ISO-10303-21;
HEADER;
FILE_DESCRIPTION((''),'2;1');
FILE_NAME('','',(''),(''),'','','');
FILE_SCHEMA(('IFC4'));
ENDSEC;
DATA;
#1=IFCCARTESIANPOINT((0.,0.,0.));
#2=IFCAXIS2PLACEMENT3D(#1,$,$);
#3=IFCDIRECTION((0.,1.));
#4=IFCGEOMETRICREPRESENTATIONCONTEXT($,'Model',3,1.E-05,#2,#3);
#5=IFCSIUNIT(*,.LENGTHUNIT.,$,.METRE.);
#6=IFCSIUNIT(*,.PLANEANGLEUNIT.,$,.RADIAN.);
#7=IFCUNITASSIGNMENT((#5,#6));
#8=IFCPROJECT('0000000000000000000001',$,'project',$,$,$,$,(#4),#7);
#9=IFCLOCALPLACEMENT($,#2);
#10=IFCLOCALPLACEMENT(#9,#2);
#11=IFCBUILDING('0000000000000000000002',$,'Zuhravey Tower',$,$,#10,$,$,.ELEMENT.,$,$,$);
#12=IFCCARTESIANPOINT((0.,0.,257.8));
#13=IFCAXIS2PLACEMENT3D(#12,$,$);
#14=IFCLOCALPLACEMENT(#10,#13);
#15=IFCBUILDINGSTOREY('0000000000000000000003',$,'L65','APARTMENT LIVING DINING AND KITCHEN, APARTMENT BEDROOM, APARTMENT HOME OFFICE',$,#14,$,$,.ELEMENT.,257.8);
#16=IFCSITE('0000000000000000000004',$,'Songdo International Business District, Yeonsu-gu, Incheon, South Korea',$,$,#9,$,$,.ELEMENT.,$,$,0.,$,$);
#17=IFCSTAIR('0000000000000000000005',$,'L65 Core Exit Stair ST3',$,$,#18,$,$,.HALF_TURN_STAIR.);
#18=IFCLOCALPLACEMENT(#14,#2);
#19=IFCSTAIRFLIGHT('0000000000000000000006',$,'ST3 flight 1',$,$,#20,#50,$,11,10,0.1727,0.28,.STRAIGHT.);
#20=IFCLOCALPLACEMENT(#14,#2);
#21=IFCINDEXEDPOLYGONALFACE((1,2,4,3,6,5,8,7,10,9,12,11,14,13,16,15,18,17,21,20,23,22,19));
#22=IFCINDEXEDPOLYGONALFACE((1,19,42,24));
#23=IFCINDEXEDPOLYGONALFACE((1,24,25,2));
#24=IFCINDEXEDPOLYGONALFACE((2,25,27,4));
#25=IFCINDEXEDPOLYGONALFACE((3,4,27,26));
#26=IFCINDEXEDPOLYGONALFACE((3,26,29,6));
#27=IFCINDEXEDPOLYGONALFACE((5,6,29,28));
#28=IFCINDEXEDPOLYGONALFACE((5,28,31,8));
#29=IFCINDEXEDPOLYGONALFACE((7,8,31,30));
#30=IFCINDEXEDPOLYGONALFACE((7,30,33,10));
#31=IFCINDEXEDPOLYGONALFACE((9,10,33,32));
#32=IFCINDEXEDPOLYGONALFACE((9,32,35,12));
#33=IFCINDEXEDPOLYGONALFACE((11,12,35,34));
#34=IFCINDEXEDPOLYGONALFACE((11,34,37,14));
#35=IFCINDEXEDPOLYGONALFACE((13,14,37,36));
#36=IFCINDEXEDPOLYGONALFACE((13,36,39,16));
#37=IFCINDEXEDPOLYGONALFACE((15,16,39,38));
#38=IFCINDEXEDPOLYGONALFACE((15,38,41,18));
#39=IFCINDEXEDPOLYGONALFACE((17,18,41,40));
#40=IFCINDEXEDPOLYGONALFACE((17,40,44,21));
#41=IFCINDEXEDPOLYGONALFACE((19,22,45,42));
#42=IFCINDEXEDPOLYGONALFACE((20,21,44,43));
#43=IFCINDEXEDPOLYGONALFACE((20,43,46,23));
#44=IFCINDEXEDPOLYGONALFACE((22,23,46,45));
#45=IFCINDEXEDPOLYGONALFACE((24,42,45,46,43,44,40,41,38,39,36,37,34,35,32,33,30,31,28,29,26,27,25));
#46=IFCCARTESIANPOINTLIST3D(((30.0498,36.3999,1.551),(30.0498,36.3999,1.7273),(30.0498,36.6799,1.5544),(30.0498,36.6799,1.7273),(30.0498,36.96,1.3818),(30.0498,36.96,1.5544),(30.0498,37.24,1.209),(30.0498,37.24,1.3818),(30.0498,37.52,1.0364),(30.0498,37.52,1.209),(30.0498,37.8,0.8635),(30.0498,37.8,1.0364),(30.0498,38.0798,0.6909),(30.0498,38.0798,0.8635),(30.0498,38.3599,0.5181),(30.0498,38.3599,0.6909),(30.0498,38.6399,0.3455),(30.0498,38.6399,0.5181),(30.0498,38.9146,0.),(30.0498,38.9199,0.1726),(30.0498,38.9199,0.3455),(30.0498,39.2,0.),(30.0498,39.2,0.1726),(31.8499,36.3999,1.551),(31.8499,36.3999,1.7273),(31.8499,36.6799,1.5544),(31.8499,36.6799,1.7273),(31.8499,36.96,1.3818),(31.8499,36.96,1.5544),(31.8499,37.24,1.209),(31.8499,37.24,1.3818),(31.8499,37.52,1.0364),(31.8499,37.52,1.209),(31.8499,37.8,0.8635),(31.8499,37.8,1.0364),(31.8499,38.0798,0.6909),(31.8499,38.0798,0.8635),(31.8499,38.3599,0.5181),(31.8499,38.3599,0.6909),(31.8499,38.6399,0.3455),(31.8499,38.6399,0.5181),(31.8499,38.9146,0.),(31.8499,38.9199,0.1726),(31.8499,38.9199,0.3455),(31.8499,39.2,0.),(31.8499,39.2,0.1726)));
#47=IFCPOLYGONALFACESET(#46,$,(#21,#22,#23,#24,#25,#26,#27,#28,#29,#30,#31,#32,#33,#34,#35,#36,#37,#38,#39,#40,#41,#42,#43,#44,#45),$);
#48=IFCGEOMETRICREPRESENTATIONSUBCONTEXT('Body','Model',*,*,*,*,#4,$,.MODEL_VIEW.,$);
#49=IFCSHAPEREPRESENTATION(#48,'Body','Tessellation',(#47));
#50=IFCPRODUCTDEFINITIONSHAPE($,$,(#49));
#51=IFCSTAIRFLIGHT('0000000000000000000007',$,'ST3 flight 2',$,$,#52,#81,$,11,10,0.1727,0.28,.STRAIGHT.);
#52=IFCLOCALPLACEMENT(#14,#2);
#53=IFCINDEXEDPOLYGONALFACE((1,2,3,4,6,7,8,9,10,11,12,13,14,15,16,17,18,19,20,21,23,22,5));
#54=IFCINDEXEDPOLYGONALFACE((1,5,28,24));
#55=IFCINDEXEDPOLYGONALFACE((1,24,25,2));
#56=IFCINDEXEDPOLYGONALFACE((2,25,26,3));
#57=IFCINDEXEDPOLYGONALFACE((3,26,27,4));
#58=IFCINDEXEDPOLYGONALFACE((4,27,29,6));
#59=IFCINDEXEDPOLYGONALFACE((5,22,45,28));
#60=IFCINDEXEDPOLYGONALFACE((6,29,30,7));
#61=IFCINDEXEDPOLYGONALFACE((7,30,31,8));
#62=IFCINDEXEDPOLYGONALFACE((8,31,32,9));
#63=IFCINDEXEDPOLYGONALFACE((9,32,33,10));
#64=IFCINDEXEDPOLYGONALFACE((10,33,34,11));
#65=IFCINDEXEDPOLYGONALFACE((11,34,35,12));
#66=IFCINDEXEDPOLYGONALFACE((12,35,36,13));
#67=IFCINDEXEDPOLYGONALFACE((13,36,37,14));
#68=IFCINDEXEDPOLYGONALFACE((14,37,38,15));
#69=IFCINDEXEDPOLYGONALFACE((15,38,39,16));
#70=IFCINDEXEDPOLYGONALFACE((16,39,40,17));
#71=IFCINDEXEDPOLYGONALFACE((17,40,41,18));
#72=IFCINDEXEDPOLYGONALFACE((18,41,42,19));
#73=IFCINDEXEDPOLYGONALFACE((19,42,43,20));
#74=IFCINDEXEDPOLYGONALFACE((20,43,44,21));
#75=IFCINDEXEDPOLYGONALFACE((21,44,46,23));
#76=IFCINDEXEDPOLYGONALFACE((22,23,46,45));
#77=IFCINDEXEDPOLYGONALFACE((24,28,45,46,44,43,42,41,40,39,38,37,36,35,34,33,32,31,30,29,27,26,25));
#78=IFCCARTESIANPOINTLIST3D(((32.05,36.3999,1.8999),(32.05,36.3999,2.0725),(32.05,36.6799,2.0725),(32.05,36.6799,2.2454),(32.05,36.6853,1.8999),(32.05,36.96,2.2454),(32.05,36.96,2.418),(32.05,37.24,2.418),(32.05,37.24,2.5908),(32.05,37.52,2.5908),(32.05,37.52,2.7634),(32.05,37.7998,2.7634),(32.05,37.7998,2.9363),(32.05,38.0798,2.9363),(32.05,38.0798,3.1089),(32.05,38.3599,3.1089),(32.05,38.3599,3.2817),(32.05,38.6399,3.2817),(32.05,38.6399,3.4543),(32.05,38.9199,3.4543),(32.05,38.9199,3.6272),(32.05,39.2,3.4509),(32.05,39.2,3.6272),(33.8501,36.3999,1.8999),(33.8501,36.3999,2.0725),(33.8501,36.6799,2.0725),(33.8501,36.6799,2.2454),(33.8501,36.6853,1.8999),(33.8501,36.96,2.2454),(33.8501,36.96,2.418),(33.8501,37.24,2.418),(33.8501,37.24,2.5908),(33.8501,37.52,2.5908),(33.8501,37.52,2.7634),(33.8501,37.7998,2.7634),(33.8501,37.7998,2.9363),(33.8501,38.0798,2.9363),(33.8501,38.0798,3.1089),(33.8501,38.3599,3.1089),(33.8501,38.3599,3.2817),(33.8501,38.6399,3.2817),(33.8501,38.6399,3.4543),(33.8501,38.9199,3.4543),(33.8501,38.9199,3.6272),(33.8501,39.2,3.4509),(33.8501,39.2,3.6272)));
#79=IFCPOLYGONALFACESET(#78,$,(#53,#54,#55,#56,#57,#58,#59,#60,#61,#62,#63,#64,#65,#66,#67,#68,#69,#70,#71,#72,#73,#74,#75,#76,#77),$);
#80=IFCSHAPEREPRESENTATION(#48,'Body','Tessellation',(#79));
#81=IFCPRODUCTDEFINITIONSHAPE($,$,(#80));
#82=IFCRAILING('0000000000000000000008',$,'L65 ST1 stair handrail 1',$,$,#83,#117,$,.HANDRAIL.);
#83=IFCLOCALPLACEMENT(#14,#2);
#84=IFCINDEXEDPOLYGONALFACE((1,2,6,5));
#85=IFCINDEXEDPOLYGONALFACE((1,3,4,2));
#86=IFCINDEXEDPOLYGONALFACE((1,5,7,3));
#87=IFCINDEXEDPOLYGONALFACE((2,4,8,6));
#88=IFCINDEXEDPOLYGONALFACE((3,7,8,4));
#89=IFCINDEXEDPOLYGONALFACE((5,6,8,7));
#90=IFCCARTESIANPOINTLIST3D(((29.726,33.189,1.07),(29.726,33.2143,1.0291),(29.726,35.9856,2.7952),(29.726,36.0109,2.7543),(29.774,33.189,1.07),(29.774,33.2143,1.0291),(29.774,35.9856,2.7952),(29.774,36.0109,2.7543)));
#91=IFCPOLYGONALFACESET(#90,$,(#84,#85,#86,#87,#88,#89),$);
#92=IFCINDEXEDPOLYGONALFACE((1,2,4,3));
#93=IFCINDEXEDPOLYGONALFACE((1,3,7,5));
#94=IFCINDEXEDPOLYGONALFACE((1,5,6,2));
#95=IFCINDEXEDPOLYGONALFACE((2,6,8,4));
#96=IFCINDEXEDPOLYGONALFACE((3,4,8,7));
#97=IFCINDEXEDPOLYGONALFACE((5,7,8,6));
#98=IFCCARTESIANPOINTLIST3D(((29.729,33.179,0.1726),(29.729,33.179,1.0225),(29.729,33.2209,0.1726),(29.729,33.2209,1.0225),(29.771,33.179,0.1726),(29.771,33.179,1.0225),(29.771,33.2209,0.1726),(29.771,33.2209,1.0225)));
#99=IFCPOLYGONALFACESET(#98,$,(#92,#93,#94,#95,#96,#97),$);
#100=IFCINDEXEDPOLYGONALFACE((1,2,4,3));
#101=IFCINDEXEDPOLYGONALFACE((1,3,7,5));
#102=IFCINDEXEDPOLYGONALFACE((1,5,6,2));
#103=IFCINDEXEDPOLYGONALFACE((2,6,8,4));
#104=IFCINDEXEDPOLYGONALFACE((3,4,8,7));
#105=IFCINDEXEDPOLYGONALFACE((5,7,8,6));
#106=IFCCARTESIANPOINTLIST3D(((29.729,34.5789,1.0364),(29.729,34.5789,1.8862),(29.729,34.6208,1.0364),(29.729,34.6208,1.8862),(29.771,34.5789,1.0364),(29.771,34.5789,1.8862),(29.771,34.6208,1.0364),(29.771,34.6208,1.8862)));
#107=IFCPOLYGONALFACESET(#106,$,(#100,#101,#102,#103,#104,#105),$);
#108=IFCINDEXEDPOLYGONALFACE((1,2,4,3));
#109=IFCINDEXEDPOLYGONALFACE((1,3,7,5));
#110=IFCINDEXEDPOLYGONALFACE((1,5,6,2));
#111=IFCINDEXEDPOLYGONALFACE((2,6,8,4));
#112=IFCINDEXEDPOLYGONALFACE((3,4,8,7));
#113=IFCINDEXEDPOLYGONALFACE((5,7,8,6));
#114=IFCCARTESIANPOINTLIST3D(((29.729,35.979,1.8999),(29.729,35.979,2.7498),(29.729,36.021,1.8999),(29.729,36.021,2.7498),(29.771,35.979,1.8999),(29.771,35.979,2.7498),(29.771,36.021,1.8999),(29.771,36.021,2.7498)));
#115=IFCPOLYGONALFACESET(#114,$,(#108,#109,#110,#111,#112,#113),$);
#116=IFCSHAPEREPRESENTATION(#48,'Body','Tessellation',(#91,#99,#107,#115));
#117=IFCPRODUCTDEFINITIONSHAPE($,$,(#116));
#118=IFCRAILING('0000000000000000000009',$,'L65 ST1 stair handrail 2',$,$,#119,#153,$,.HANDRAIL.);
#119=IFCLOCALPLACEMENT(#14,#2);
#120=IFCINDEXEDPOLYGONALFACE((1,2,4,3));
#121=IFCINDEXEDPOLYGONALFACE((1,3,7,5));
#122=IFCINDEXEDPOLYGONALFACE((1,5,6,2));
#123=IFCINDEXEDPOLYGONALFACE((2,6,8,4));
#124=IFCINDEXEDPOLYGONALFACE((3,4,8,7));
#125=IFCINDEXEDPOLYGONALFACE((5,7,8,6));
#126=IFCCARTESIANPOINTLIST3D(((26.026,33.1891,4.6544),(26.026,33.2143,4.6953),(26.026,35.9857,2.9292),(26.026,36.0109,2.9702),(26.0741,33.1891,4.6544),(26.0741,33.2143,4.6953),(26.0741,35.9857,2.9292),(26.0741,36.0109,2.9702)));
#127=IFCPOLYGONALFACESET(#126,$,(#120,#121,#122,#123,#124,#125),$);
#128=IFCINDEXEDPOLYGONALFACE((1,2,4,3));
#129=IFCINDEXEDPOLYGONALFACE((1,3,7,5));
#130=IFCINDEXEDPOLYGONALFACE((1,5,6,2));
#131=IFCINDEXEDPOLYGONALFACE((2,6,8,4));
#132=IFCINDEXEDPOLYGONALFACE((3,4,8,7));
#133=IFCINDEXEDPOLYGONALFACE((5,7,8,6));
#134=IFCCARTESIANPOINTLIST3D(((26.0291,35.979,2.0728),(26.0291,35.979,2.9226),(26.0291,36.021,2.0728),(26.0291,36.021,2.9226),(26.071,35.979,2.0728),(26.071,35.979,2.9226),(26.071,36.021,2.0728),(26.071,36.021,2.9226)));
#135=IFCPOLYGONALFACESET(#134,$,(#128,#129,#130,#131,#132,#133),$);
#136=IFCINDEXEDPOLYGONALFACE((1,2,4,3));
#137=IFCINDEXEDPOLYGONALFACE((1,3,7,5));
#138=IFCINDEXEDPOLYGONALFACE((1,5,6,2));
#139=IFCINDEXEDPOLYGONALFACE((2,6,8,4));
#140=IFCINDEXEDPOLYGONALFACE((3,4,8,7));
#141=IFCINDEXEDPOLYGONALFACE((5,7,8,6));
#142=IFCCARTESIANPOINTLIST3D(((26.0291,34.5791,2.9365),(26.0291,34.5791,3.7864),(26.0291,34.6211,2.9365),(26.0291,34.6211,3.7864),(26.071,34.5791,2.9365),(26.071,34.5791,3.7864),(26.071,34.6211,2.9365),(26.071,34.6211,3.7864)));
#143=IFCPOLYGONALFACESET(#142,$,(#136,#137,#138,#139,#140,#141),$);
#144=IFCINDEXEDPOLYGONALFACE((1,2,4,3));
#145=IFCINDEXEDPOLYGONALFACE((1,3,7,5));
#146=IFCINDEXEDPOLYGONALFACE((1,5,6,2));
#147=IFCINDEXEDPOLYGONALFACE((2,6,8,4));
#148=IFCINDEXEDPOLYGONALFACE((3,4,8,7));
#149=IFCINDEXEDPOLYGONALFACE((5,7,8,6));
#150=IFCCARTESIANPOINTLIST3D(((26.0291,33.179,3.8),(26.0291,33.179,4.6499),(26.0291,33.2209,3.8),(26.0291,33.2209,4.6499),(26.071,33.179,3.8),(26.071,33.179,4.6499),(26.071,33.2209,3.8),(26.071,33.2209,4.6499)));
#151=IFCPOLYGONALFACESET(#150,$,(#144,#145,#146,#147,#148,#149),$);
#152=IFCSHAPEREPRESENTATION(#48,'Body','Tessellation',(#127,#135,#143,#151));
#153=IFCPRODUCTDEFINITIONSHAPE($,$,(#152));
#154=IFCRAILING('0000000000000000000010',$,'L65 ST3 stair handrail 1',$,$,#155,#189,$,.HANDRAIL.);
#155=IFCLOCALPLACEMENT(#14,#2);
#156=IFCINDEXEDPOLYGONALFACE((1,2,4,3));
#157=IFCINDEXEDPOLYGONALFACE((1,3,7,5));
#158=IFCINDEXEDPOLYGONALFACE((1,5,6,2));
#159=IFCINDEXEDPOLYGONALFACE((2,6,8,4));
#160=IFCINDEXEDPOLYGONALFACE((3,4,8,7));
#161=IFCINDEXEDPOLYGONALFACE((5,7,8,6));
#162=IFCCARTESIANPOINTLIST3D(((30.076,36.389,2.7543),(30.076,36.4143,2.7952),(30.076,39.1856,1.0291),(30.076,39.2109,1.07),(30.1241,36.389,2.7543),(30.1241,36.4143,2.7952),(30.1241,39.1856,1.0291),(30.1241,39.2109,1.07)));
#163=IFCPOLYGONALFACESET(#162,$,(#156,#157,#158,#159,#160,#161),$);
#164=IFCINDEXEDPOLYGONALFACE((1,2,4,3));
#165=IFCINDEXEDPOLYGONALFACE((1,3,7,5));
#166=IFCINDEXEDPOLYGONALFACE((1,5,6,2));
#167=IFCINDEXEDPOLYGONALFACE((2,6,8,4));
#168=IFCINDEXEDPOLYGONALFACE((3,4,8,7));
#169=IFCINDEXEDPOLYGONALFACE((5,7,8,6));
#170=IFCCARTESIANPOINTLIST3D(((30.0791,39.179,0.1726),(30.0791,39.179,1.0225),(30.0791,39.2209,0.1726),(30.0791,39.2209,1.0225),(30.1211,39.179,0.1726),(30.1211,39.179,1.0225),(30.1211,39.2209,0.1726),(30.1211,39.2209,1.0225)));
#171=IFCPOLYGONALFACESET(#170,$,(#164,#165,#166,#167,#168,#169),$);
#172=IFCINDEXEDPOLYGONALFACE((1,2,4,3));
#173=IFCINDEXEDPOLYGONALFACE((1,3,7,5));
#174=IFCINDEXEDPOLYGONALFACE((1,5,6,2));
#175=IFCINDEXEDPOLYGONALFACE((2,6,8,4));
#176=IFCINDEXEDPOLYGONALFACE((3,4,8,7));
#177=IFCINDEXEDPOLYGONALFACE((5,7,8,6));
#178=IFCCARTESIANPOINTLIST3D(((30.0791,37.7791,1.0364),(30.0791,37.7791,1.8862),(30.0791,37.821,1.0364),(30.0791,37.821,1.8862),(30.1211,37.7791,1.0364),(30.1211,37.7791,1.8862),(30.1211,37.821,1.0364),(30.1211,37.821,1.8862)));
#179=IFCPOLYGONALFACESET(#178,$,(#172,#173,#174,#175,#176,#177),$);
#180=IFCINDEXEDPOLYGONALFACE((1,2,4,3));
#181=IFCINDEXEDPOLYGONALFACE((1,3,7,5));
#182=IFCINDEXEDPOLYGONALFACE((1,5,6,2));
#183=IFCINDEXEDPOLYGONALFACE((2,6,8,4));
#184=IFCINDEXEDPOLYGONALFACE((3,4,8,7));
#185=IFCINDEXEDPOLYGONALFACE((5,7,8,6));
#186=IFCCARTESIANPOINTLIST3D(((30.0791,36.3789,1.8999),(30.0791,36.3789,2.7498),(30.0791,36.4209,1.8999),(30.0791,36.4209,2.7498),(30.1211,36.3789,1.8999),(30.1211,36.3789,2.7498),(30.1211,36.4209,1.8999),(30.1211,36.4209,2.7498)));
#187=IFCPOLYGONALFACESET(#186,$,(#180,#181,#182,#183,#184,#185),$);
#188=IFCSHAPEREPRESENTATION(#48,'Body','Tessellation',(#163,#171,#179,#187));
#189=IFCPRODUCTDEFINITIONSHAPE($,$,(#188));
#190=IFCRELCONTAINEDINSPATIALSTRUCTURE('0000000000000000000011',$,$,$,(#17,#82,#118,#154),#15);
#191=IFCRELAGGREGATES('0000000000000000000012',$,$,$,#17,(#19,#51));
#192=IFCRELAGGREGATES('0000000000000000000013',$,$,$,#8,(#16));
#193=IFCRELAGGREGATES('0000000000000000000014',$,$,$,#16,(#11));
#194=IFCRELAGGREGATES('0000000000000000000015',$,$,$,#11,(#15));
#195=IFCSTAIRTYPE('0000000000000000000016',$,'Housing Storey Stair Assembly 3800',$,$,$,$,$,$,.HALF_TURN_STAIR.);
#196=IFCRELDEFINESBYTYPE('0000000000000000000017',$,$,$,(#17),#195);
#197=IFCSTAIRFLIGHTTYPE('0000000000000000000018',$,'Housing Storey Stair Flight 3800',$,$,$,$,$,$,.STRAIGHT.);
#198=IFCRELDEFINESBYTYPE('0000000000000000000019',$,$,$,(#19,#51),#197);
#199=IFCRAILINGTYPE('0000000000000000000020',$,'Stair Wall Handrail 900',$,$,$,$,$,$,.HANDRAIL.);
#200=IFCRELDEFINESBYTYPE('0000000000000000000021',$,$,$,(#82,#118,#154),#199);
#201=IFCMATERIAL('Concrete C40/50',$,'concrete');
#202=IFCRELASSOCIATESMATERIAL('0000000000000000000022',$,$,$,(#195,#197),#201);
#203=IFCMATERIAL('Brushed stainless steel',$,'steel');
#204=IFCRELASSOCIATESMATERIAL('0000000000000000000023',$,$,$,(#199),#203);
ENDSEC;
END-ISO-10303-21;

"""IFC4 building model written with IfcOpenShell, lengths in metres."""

from ifc_helpers import new_model, si_unit, direction, frame, origin, origin_2d, place, context, subcontext, project, spatial, polyline, rectangle, outline, extrude, material, type_object, element, aggregate, save


model = new_model("IFC4")

# Units and contexts
model_context = context("Model", 3, precision=1e-05, world=origin(), true_north=direction((0.0, 1.0)))
body_context = subcontext(model_context, "Body", "Model", "MODEL_VIEW")
ifc_project = project(units=[si_unit("LENGTHUNIT", "METRE"), si_unit("PLANEANGLEUNIT", "RADIAN")], contexts=[model_context])

# Site, building, storey
site_placement = place(None, origin())
site = spatial("IfcSite", under=ifc_project, at=site_placement, Name="Songdo International Business District, Yeonsu-gu, Incheon, South Korea", CompositionType="ELEMENT", RefElevation=0.0)
building_placement = place(site_placement, origin())
building = spatial("IfcBuilding", under=site, at=building_placement, Name="Zuhravey Tower", CompositionType="ELEMENT")
storey_placement = place(building_placement, frame((0.0, 0.0, 257.8)))
storey = spatial("IfcBuildingStorey", under=building, at=storey_placement, Name="L65", Description="APARTMENT LIVING DINING AND KITCHEN, APARTMENT BEDROOM, APARTMENT HOME OFFICE", CompositionType="ELEMENT", Elevation=257.8)

# Stair, stair flights
ifc_material_1 = material(Name="Concrete C40/50", Category="concrete")
stair_type = type_object("IfcStairType", Name="Housing Storey Stair Assembly 3800", PredefinedType="HALF_TURN_STAIR", material=ifc_material_1)
stair_flight_type = type_object("IfcStairFlightType", Name="Housing Storey Stair Flight 3800", PredefinedType="STRAIGHT", material=ifc_material_1)
stair_1_placement = place(storey_placement, origin())
stair_1 = element("IfcStair", 1, at=stair_1_placement, inside=storey, type_object=stair_type, Name="L65 Core Exit Stair ST3", PredefinedType="HALF_TURN_STAIR")
stair_flight_1_placement = place(storey_placement, frame((30.95, 39.2, 0.0), z_axis=(0.0, 0.0, 1.0), x_axis=(0.0, -1.0, 0.0)))
stair_flight_1 = element("IfcStairFlight", 2, at=stair_flight_1_placement, type_object=stair_flight_type, Name="ST3 flight 1", NumberOfRisers=11, NumberOfTreads=10, PredefinedType="STRAIGHT", RiserHeight=0.1727, TreadLength=0.28, context=body_context, shape_type="SweptSolid", body=[
    extrude(outline(polyline([(0.0, 0.0), (0.0, 0.1726), (0.28, 0.1726), (0.28, 0.3455), (0.5601, 0.3455), (0.5601, 0.5181), (0.8401, 0.5181), (0.8401, 0.6909), (1.1201, 0.6909), (1.1201, 0.8635), (1.3999, 0.8635), (1.3999, 1.0364), (1.6799, 1.0364), (1.6799, 1.209), (1.96, 1.209), (1.96, 1.3818), (2.24, 1.3818), (2.24, 1.5544), (2.52, 1.5544), (2.52, 1.7273), (2.8, 1.7273), (2.8, 1.8999), (2.8, 1.551), (0.2854, 0.0), (0.0, 0.0)])), frame((0.0, 0.8999, 0.0), z_axis=(0.0, -1.0, 0.0), x_axis=(1.0, 0.0, 0.0)), (0.0, 0.0, 1.0), 1.8),
])
stair_flight_2_placement = place(storey_placement, frame((32.95, 36.3999, 1.8999), z_axis=(0.0, 0.0, 1.0), x_axis=(0.0, 1.0, 0.0)))
stair_flight_2 = element("IfcStairFlight", 3, at=stair_flight_2_placement, type_object=stair_flight_type, Name="ST3 flight 2", NumberOfRisers=11, NumberOfTreads=10, PredefinedType="STRAIGHT", RiserHeight=0.1727, TreadLength=0.28, context=body_context, shape_type="SweptSolid", body=[
    extrude(outline(polyline([(0.0, 0.0), (0.0, 0.1726), (0.28, 0.1726), (0.28, 0.3455), (0.5601, 0.3455), (0.5601, 0.5181), (0.8401, 0.5181), (0.8401, 0.6909), (1.1201, 0.6909), (1.1201, 0.8635), (1.3999, 0.8635), (1.3999, 1.0364), (1.6799, 1.0364), (1.6799, 1.209), (1.96, 1.209), (1.96, 1.3818), (2.24, 1.3818), (2.24, 1.5544), (2.52, 1.5544), (2.52, 1.7273), (2.8, 1.7273), (2.8, 1.8999), (2.8, 1.551), (0.2854, 0.0), (0.0, 0.0)])), frame((0.0, 0.8999, 0.0), z_axis=(0.0, -1.0, 0.0), x_axis=(1.0, 0.0, 0.0)), (0.0, 0.0, 1.0), 1.8),
])
aggregate(stair_1, [stair_flight_1, stair_flight_2])

# Railings
ifc_material_2 = material(Name="Brushed stainless steel", Category="steel")
railing_type_1 = type_object("IfcRailingType", Name="Stair Wall Handrail 900", PredefinedType="HANDRAIL", material=ifc_material_2)
railing_1_placement = place(storey_placement, frame((29.75, 33.2, 0.1726)))
element("IfcRailing", 4, at=railing_1_placement, inside=storey, type_object=railing_type_1, Name="L65 ST1 stair handrail 1", PredefinedType="HANDRAIL", context=body_context, shape_type="SweptSolid", body=[
    extrude(rectangle(XDim=0.0481, YDim=0.0481, at=origin_2d()), frame((0.0, 0.0017, 0.877), z_axis=(0.0, 0.85109, 0.52502), x_axis=(-1.0, 0.0, 0.0)), (0.0, 0.0, 1.0), 3.2859),
    extrude(rectangle(XDim=0.042, YDim=0.042, at=origin_2d()), origin(), (0.0, 0.0, 1.0), 0.8499),
    extrude(rectangle(XDim=0.042, YDim=0.042, at=origin_2d()), frame((0.0, 1.3999, 0.8638)), (0.0, 0.0, 1.0), 0.8499),
    extrude(rectangle(XDim=0.042, YDim=0.042, at=origin_2d()), frame((0.0, 2.8, 1.7273)), (0.0, 0.0, 1.0), 0.8499),
])
for number, where, name in (
    (5, (26.05, 36.0, 2.0728), "L65 ST1 stair handrail 2"),
    (6, (30.1001, 39.2, 0.1726), "L65 ST3 stair handrail 1"),
):
    element("IfcRailing", number, at=place(storey_placement, frame(where)), inside=storey, type_object=railing_type_1, Name=name, PredefinedType="HANDRAIL", context=body_context, shape_type="SweptSolid", body=[
        extrude(rectangle(XDim=0.0481, YDim=0.0481, at=origin_2d()), frame((0.0, -0.0017, 0.877), z_axis=(0.0, -0.85109, 0.52502), x_axis=(1.0, 0.0, 0.0)), (0.0, 0.0, 1.0), 3.2859),
        extrude(rectangle(XDim=0.042, YDim=0.042, at=origin_2d()), origin(), (0.0, 0.0, 1.0), 0.8499),
        extrude(rectangle(XDim=0.042, YDim=0.042, at=origin_2d()), frame((0.0, -1.3999, 0.8638)), (0.0, 0.0, 1.0), 0.8499),
        extrude(rectangle(XDim=0.042, YDim=0.042, at=origin_2d()), frame((0.0, -2.8, 1.7273)), (0.0, 0.0, 1.0), 0.8499),
    ])

save(model, "model.ifc")
